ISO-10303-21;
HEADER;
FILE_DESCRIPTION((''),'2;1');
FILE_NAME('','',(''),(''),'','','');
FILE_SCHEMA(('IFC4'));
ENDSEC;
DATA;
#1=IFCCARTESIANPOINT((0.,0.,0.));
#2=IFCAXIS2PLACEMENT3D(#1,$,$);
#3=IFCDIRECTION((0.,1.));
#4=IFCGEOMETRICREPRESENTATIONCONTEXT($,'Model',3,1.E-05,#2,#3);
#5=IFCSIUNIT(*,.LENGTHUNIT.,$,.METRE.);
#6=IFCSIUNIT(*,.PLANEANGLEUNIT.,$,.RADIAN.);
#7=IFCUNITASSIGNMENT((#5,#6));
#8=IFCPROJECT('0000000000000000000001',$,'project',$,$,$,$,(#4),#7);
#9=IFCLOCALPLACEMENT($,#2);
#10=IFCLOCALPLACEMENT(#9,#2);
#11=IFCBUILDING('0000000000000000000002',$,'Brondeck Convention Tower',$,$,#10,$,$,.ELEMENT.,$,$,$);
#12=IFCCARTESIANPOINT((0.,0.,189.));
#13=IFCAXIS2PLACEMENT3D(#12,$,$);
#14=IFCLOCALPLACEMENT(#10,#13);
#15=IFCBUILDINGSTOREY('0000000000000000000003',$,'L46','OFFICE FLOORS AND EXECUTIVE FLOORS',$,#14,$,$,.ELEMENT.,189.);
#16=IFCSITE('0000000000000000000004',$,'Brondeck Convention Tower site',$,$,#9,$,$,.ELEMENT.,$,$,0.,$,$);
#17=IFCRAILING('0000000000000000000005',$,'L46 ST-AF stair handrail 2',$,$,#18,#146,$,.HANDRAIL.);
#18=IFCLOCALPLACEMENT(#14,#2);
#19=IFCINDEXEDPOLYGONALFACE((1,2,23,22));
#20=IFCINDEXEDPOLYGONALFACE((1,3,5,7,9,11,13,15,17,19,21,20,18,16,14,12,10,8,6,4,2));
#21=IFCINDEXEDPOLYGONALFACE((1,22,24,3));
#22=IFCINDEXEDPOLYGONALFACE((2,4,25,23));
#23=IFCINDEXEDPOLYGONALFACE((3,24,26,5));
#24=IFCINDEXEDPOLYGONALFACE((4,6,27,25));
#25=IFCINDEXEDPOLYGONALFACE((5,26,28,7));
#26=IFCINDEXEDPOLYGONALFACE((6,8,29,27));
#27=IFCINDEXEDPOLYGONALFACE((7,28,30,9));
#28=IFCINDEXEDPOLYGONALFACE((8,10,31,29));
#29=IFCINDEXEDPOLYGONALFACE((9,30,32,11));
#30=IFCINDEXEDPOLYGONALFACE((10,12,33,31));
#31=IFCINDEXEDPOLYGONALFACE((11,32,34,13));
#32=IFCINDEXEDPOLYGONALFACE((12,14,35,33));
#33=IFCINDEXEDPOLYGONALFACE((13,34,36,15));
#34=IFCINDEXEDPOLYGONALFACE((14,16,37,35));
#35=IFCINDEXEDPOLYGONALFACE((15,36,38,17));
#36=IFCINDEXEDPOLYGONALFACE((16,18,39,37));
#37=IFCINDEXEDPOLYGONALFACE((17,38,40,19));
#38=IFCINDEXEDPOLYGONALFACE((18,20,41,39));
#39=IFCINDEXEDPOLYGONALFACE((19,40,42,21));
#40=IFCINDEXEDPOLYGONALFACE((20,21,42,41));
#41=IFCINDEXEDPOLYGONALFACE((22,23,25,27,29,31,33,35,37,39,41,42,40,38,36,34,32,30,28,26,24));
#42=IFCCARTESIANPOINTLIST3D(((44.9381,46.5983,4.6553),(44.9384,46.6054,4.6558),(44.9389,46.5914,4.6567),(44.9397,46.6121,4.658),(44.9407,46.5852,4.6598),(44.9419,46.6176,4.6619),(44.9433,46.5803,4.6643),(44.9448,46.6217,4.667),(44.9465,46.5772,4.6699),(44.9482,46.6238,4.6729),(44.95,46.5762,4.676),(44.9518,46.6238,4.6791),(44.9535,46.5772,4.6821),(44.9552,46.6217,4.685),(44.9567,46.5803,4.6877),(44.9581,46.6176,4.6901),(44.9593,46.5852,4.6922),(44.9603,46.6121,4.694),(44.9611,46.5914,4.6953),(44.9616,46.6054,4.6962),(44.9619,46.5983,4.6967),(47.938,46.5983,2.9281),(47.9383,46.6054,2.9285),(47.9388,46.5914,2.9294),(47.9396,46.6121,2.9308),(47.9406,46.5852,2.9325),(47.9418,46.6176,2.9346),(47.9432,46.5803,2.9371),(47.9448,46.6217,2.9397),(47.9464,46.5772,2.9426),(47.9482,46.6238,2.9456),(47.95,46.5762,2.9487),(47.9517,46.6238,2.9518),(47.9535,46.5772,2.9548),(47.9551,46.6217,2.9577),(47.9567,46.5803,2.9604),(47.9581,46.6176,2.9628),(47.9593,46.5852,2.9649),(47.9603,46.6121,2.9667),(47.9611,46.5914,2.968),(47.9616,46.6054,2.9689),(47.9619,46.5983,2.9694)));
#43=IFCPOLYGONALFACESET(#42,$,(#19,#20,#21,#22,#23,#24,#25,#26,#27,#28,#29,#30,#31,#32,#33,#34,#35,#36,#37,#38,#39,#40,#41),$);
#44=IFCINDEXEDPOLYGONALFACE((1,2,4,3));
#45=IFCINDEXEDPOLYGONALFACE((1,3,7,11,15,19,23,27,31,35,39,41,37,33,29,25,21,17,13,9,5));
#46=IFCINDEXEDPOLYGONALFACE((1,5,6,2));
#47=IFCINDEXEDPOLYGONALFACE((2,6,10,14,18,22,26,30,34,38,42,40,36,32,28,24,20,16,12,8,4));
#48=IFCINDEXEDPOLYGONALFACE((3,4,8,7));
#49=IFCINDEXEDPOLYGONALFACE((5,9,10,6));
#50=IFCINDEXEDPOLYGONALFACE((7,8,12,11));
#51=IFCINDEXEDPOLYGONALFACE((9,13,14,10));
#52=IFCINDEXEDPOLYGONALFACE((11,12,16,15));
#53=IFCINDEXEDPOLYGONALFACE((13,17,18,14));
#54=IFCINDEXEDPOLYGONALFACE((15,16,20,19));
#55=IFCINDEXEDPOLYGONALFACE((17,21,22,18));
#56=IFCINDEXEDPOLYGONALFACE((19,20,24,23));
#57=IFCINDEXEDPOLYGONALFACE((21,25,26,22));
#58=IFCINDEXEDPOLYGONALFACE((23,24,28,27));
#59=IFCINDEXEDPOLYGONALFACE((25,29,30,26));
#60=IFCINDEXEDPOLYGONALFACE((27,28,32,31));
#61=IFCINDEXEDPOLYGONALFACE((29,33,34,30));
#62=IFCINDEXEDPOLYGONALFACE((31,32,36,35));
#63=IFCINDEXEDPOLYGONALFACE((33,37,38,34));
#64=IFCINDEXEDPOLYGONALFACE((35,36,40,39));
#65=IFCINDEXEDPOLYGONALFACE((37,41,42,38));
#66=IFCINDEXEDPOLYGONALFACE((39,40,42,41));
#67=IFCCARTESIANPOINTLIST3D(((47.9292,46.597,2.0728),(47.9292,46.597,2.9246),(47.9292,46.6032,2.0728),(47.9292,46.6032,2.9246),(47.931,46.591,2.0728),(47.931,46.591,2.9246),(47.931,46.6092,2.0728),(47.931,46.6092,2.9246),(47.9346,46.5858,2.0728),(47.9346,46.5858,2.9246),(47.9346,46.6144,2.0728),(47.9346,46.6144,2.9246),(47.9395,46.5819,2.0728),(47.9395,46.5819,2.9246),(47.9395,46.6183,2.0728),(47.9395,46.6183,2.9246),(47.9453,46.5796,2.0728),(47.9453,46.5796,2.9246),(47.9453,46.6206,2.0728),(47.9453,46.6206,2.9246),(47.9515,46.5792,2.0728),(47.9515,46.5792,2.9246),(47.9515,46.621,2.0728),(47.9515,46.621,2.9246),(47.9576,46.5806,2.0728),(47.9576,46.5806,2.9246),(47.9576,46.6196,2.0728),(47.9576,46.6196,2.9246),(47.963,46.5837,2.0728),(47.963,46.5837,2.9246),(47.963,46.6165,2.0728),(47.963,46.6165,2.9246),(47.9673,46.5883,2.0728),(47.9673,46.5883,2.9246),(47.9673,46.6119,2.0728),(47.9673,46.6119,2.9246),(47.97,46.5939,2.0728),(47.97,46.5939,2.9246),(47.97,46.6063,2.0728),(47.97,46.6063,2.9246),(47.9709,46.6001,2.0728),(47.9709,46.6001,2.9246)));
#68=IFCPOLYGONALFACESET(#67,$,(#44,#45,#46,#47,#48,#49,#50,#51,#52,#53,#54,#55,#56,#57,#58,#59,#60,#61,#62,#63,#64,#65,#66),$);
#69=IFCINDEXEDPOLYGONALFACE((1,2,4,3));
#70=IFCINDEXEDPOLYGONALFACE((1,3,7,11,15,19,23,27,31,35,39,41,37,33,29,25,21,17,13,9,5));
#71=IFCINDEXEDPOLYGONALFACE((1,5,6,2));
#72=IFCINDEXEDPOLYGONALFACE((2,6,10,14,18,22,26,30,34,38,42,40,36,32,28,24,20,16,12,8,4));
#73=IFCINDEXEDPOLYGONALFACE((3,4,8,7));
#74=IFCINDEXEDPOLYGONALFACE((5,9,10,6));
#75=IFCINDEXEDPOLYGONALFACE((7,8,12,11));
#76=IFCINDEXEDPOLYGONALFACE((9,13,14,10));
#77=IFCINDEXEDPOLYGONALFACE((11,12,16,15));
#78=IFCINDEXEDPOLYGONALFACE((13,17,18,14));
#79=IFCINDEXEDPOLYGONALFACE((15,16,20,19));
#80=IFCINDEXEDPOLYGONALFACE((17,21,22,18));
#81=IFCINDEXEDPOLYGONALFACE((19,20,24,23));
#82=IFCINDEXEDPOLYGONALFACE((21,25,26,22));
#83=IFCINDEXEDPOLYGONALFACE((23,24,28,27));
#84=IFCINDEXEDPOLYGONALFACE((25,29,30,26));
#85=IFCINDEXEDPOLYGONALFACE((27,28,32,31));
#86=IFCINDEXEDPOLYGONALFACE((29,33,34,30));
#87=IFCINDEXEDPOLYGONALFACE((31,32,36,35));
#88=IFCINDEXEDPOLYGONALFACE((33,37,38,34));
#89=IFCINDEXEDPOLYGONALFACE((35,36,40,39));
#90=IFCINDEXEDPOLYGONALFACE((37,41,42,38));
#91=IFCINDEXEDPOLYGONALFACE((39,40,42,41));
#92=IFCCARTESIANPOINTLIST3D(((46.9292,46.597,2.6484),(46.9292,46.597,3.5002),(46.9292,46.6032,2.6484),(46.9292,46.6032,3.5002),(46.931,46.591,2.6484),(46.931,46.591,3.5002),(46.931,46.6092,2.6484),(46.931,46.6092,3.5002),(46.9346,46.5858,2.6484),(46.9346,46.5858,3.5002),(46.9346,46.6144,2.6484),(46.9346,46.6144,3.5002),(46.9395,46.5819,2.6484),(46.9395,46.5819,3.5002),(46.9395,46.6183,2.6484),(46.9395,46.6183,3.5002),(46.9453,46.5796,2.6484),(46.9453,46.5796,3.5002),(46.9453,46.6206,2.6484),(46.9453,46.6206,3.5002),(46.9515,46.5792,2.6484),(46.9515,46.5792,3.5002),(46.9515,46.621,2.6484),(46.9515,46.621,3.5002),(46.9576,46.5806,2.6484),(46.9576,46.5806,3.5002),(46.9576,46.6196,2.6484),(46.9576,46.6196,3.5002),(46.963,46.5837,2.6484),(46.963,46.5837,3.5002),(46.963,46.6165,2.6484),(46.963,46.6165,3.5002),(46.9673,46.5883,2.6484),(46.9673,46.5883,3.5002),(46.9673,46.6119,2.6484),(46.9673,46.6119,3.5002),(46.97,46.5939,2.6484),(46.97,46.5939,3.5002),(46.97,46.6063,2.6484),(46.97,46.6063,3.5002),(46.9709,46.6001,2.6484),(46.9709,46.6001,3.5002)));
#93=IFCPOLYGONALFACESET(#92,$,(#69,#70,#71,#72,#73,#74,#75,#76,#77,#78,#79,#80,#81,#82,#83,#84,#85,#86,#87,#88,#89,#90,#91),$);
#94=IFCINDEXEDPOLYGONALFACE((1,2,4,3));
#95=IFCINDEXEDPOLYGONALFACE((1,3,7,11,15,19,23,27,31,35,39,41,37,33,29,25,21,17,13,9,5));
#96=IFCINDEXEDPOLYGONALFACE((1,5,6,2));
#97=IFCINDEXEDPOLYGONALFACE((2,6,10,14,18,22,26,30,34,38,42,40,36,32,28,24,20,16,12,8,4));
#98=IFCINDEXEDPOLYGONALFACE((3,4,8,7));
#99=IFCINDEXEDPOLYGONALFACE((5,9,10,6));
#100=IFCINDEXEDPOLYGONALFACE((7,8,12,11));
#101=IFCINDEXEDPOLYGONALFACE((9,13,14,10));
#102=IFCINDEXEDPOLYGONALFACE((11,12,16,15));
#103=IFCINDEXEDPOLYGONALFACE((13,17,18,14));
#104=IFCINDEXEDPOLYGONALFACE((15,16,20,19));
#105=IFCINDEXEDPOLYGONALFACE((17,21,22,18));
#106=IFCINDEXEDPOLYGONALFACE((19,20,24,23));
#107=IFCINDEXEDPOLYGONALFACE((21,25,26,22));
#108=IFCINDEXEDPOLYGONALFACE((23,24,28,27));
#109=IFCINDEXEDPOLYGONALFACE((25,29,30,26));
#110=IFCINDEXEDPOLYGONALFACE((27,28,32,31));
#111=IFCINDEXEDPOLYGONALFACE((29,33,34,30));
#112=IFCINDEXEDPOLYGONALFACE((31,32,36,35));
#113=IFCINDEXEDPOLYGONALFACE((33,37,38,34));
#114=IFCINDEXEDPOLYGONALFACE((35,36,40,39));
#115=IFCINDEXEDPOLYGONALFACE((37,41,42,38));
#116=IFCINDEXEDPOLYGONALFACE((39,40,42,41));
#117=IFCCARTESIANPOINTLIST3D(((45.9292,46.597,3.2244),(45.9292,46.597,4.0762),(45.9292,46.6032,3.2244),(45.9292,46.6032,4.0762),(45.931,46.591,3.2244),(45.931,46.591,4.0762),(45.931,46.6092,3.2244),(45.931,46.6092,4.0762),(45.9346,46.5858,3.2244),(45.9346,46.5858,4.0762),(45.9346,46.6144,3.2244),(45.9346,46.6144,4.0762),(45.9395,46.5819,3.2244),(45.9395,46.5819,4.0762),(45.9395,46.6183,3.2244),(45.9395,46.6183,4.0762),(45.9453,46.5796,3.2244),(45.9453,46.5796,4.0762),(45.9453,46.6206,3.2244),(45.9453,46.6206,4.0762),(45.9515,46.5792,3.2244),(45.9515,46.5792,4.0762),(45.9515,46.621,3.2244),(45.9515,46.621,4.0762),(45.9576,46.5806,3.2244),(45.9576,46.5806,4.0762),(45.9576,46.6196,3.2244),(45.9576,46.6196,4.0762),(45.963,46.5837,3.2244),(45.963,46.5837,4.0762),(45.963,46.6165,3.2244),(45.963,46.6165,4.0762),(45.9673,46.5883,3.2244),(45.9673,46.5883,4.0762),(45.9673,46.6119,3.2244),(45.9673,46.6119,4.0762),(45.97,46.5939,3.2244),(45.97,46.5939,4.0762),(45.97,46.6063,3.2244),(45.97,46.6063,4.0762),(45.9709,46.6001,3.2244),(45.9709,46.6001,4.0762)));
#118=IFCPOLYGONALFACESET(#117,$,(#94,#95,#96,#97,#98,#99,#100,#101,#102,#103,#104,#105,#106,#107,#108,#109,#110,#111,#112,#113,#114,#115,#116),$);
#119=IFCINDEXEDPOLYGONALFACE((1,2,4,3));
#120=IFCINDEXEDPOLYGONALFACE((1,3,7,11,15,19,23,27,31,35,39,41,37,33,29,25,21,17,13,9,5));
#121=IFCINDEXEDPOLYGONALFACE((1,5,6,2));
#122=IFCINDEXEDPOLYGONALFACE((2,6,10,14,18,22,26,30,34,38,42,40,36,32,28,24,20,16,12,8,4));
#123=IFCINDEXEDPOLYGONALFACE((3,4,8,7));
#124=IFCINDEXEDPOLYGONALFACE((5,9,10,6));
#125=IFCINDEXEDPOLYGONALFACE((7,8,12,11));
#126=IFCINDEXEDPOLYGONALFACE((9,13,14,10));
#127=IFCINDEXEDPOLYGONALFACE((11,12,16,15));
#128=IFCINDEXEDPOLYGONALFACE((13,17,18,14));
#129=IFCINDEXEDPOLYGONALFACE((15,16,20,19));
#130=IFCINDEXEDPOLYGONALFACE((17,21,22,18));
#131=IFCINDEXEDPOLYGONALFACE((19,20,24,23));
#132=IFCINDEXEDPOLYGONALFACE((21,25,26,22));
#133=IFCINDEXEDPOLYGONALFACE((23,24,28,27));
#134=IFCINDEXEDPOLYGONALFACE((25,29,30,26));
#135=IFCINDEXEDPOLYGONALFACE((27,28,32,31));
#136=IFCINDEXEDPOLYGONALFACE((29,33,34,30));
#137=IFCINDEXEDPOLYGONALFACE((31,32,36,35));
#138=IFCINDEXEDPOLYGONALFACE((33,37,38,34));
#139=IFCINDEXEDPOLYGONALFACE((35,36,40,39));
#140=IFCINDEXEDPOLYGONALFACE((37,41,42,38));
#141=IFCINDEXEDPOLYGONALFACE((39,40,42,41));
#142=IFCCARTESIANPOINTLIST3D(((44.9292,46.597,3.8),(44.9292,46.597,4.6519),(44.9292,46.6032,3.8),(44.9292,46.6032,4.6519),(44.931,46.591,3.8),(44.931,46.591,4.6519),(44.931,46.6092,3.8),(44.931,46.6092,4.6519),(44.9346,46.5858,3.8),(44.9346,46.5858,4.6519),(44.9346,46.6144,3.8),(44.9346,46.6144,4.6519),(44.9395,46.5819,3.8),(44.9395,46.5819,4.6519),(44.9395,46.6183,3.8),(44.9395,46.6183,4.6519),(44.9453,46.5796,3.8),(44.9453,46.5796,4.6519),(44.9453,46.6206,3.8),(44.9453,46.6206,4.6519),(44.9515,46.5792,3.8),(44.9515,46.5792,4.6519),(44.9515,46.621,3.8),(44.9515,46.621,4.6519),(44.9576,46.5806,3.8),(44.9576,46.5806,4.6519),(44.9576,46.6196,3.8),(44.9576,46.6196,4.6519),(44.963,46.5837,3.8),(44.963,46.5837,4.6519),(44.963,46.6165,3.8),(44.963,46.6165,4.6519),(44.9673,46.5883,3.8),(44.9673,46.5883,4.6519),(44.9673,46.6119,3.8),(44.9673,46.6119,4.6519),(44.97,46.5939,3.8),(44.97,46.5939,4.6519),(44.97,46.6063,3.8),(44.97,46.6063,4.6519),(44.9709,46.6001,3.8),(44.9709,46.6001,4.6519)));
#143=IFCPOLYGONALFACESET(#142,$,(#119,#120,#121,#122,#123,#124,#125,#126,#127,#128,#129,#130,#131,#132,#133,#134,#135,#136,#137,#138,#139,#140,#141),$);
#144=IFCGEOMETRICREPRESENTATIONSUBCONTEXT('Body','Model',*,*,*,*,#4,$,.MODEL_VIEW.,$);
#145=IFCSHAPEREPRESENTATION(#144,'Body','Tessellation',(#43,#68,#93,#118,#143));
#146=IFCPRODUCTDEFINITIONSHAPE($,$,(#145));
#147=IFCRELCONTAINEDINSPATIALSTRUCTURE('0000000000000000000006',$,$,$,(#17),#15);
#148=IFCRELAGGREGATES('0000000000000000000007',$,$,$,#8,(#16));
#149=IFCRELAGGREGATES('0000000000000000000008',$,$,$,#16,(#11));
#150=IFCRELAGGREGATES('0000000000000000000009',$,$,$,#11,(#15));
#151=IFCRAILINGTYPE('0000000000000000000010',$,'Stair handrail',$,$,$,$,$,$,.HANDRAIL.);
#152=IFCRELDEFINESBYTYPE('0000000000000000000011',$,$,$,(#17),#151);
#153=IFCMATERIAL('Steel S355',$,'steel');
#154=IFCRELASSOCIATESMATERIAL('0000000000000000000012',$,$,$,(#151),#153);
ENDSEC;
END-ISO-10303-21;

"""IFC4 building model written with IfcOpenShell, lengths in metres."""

from ifc_helpers import new_model, si_unit, direction, frame, origin, origin_2d, place, context, subcontext, project, spatial, circle, extrude, material, type_object, element, save


model = new_model("IFC4")

# Units and contexts
model_context = context("Model", 3, precision=1e-05, world=origin(), true_north=direction((0.0, 1.0)))
body_context = subcontext(model_context, "Body", "Model", "MODEL_VIEW")
ifc_project = project(units=[si_unit("LENGTHUNIT", "METRE"), si_unit("PLANEANGLEUNIT", "RADIAN")], contexts=[model_context])

# Site, building, storey
site_placement = place(None, origin())
site = spatial("IfcSite", under=ifc_project, at=site_placement, Name="Brondeck Convention Tower site", CompositionType="ELEMENT", RefElevation=0.0)
building_placement = place(site_placement, origin())
building = spatial("IfcBuilding", under=site, at=building_placement, Name="Brondeck Convention Tower", CompositionType="ELEMENT")
storey_placement = place(building_placement, frame((0.0, 0.0, 189.0)))
storey = spatial("IfcBuildingStorey", under=building, at=storey_placement, Name="L46", Description="OFFICE FLOORS AND EXECUTIVE FLOORS", CompositionType="ELEMENT", Elevation=189.0)

# Shared definitions
ifc_material_1 = material(Name="Steel S355", Category="steel")

# Railing
railing_type = type_object("IfcRailingType", Name="Stair handrail", PredefinedType="HANDRAIL", material=ifc_material_1)
for number, where, name in (
    (1, (47.95, 46.6001, 2.0728), "L46 ST-AF stair handrail 2"),
):
    element("IfcRailing", number, at=place(storey_placement, frame(where)), inside=storey, type_object=railing_type, Name=name, PredefinedType="HANDRAIL", context=body_context, shape_type="SweptSolid", body=[
        extrude(circle(Radius=0.0239, at=origin_2d()), frame((0.0, 0.0, 0.876), z_axis=(-0.86662, 0.0, 0.498969), x_axis=(0.0, -1.0, 0.0)), (0.0, 0.0, 1.0), 3.4617),
        extrude(circle(Radius=0.021, at=origin_2d()), origin(), (0.0, 0.0, 1.0), 0.8518),
        extrude(circle(Radius=0.021, at=origin_2d()), frame((-1.0, 0.0, 0.5757)), (0.0, 0.0, 1.0), 0.8518),
        extrude(circle(Radius=0.021, at=origin_2d()), frame((-2.0, 0.0, 1.1516)), (0.0, 0.0, 1.0), 0.8518),
        extrude(circle(Radius=0.021, at=origin_2d()), frame((-3.0, 0.0, 1.7273)), (0.0, 0.0, 1.0), 0.8518),
    ])

save(model, "model.ifc")
